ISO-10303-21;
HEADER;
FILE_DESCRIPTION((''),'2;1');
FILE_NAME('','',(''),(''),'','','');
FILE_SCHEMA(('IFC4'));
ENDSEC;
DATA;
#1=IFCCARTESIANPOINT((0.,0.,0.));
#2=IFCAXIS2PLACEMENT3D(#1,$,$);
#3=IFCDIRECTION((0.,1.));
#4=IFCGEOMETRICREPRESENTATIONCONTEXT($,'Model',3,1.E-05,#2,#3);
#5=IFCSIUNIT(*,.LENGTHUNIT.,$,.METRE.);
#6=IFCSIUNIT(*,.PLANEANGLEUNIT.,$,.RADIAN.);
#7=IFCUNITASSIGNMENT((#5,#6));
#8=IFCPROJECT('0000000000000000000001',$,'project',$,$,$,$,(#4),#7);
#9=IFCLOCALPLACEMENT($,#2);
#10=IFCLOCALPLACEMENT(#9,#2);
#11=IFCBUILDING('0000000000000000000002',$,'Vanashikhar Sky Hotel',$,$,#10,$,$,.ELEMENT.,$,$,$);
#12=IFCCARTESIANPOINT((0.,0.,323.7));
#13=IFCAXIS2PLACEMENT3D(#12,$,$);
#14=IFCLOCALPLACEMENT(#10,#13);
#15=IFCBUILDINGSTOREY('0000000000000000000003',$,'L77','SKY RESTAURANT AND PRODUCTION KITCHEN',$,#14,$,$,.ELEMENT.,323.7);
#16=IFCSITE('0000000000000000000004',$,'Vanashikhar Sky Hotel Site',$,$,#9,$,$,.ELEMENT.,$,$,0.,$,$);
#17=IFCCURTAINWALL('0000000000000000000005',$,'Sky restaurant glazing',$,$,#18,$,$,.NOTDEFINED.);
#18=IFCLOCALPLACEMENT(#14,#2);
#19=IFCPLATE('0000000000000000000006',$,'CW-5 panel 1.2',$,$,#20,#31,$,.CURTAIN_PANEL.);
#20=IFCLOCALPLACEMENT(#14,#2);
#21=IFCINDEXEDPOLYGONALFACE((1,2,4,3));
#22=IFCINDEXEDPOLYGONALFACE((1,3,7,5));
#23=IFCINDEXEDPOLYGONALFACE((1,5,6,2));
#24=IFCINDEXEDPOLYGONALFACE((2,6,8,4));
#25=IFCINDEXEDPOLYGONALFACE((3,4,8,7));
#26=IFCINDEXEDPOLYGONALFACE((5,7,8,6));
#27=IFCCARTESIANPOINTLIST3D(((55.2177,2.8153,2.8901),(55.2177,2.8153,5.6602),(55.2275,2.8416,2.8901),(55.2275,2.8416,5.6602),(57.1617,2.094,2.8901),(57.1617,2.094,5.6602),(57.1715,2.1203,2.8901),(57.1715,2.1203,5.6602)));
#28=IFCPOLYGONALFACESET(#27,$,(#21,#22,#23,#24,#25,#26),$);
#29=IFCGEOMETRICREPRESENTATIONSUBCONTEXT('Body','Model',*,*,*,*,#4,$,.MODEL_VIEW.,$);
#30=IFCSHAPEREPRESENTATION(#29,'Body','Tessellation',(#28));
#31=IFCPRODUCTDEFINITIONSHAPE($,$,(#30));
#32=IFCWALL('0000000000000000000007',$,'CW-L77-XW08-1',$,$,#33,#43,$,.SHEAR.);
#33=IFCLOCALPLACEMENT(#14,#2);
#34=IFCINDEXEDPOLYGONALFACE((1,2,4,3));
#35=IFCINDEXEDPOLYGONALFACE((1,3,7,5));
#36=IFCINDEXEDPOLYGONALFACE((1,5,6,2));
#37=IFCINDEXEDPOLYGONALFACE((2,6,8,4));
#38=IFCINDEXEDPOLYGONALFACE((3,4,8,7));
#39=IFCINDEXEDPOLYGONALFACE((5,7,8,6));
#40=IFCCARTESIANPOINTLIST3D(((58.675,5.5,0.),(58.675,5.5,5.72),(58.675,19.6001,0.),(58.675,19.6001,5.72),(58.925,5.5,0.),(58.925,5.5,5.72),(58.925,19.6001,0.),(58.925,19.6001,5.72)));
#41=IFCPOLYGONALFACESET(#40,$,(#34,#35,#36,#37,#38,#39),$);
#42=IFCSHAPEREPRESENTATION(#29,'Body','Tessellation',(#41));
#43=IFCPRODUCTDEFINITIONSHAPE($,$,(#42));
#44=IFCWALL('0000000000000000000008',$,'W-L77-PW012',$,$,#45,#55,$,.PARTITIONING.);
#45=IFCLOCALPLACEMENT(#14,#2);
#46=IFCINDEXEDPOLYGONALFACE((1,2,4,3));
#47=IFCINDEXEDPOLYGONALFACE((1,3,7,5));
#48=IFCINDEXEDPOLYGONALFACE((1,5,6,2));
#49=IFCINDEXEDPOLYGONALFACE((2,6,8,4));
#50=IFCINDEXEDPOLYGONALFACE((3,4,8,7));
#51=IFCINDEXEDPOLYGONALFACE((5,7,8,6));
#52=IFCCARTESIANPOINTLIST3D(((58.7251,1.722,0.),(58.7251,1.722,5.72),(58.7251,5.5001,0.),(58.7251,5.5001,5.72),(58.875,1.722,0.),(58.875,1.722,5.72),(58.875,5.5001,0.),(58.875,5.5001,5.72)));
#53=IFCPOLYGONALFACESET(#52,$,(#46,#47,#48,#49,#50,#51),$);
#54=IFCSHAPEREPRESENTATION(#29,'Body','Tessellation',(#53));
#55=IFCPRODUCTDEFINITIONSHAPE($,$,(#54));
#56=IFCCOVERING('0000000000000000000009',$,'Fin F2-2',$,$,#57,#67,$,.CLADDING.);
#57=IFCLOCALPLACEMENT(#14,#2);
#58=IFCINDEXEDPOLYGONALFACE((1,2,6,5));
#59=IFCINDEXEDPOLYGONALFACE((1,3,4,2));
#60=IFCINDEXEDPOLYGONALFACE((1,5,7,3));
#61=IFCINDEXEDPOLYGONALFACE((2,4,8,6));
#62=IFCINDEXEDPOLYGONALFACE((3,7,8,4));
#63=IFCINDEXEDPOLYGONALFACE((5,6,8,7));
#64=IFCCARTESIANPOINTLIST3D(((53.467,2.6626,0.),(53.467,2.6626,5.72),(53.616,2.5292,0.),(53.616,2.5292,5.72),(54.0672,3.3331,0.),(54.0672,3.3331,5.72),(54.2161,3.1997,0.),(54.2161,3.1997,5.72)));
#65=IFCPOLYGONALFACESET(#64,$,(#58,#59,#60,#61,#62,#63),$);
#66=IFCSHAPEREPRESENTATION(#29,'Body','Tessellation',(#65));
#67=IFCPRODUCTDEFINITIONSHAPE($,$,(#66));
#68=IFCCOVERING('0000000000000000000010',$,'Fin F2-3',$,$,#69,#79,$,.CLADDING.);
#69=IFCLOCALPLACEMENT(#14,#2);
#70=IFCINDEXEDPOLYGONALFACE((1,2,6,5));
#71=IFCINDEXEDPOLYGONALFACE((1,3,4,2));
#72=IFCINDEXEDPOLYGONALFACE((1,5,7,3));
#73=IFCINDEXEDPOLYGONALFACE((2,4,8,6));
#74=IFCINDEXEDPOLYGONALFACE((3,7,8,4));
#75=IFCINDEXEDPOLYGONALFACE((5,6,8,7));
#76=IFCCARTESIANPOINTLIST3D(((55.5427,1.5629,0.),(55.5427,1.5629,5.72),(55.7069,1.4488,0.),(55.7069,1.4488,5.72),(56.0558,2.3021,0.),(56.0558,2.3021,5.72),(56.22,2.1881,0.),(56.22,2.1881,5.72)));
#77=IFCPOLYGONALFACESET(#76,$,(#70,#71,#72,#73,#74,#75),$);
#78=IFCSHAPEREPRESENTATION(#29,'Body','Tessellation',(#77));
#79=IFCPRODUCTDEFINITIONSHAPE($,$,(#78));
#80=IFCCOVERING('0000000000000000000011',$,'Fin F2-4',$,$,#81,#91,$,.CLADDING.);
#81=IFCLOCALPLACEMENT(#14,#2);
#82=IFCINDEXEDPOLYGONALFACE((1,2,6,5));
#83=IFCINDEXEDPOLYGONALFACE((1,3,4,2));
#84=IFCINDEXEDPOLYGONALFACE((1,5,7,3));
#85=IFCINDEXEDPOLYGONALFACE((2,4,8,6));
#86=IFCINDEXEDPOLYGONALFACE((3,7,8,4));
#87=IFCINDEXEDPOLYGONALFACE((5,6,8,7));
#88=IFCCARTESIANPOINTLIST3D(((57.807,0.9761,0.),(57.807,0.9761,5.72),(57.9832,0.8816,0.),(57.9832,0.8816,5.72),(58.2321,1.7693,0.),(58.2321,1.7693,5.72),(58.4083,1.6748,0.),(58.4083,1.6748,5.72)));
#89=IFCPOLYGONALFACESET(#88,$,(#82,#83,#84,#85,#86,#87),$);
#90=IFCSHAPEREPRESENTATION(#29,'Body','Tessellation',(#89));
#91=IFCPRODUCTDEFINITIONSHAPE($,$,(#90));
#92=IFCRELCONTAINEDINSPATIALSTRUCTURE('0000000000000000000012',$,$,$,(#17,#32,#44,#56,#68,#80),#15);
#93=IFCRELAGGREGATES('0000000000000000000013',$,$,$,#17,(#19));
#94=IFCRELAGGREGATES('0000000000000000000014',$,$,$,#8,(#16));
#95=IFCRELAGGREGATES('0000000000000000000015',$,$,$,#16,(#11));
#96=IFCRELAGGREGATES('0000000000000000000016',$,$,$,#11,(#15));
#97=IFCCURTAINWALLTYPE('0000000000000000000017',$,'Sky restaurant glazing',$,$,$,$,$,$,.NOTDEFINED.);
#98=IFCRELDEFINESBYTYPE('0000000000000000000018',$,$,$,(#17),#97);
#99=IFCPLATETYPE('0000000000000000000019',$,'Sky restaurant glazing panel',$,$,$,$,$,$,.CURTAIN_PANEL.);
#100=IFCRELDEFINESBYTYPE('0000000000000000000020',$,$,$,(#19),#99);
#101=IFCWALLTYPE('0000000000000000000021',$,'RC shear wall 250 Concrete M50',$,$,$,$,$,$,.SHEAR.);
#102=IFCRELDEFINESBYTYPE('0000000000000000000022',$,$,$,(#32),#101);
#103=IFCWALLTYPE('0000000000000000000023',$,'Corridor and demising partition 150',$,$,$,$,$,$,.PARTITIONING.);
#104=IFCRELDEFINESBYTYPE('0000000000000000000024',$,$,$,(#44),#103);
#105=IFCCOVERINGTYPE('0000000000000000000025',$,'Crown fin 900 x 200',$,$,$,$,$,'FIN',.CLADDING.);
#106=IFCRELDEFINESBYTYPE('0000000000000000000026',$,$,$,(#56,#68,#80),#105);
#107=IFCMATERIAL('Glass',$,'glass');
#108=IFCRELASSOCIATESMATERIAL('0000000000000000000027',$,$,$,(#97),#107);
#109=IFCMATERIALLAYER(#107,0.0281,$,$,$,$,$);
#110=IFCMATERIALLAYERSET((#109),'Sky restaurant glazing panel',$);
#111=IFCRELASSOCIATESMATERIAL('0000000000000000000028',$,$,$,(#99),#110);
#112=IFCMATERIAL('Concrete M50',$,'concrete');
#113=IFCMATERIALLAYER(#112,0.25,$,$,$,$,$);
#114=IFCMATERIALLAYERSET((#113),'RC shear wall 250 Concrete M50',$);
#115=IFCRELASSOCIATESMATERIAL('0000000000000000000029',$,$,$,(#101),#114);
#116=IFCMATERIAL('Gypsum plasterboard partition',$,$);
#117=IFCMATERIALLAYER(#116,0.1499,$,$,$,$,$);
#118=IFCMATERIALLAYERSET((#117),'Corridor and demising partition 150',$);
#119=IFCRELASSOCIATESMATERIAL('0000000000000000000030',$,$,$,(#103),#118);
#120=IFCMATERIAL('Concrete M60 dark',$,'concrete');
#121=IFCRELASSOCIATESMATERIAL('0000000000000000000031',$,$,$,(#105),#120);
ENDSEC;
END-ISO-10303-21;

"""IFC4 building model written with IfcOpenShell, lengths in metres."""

from ifc_helpers import new_model, si_unit, direction, frame, frame_2d, origin, origin_2d, place, context, subcontext, project, spatial, rectangle, extrude, source, transform, mapped, material, layer, layer_set, material_profile, profile_set, type_object, element, aggregate, save


model = new_model("IFC4")

# Units and contexts
model_context = context("Model", 3, precision=1e-05, world=origin(), true_north=direction((0.0, 1.0)))
body_context = subcontext(model_context, "Body", "Model", "MODEL_VIEW")
ifc_project = project(units=[si_unit("LENGTHUNIT", "METRE"), si_unit("PLANEANGLEUNIT", "RADIAN")], contexts=[model_context])

# Site, building, storey
site_placement = place(None, origin())
site = spatial("IfcSite", under=ifc_project, at=site_placement, Name="Vanashikhar Sky Hotel Site", CompositionType="ELEMENT", RefElevation=0.0)
building_placement = place(site_placement, origin())
building = spatial("IfcBuilding", under=site, at=building_placement, Name="Vanashikhar Sky Hotel", CompositionType="ELEMENT")
storey_placement = place(building_placement, frame((0.0, 0.0, 323.7)))
storey = spatial("IfcBuildingStorey", under=building, at=storey_placement, Name="L77", Description="SKY RESTAURANT AND PRODUCTION KITCHEN", CompositionType="ELEMENT", Elevation=323.7)

# Shared definitions
ifc_material_1 = material(Name="Glass", Category="glass")
curtain_wall_type = type_object("IfcCurtainWallType", Name="Sky restaurant glazing", PredefinedType="NOTDEFINED", material=ifc_material_1)

# Curtain wall
curtain_wall_1_placement = place(storey_placement, origin())
curtain_wall_1 = element("IfcCurtainWall", 1, at=curtain_wall_1_placement, inside=storey, type_object=curtain_wall_type, Name="Sky restaurant glazing", PredefinedType="NOTDEFINED")

# Plate
ifc_layer_1 = layer(ifc_material_1, 0.0281)
ifc_layer_set_1 = layer_set([ifc_layer_1], Name="Sky restaurant glazing panel")
plate_type = type_object("IfcPlateType", Name="Sky restaurant glazing panel", PredefinedType="CURTAIN_PANEL", material=ifc_layer_set_1)
shared_shape_1 = source(origin(), body_context, "Body", "SweptSolid", [
    extrude(rectangle(XDim=2.0735, YDim=0.0281, at=origin_2d()), origin(), (0.0, 0.0, 1.0), 2.77),
])
plate_1_placement = place(storey_placement, frame((56.1946, 2.4678, 2.8901), z_axis=(0.0, 0.0, 1.0), x_axis=(0.937545, -0.347864, 0.0)))
plate_1 = element("IfcPlate", 2, at=plate_1_placement, type_object=plate_type, Name="CW-5 panel 1.2", PredefinedType="CURTAIN_PANEL", context=body_context, shape_type="MappedRepresentation", body=[
    mapped(shared_shape_1, transform((0.0, 0.0, 0.0), scale=1.0)),
])
aggregate(curtain_wall_1, [plate_1])

# Walls
ifc_material_2 = material(Name="Concrete M50", Category="concrete")
ifc_layer_2 = layer(ifc_material_2, 0.25)
ifc_layer_set_2 = layer_set([ifc_layer_2], Name="RC shear wall 250 Concrete M50")
wall_type_1 = type_object("IfcWallType", Name="RC shear wall 250 Concrete M50", PredefinedType="SHEAR", material=ifc_layer_set_2)
shared_shape_2 = source(origin(), body_context, "Body", "SweptSolid", [
    extrude(rectangle(XDim=14.1001, YDim=0.25, at=frame_2d((7.05, 0.0))), origin(), (0.0, 0.0, 1.0), 5.72),
])
wall_1_placement = place(storey_placement, frame((58.8, 5.5, 0.0), z_axis=(0.0, 0.0, 1.0), x_axis=(0.0, 1.0, 0.0)))
element("IfcWall", 3, at=wall_1_placement, inside=storey, type_object=wall_type_1, Name="CW-L77-XW08-1", PredefinedType="SHEAR", context=body_context, shape_type="MappedRepresentation", body=[
    mapped(shared_shape_2, transform((0.0, 0.0, 0.0), scale=1.0)),
])
ifc_material_3 = material(Name="Gypsum plasterboard partition")
ifc_layer_3 = layer(ifc_material_3, 0.1499)
ifc_layer_set_3 = layer_set([ifc_layer_3], Name="Corridor and demising partition 150")
wall_type_2 = type_object("IfcWallType", Name="Corridor and demising partition 150", PredefinedType="PARTITIONING", material=ifc_layer_set_3)
shared_shape_3 = source(origin(), body_context, "Body", "SweptSolid", [
    extrude(rectangle(XDim=3.7781, YDim=0.1499, at=frame_2d((1.8892, 0.0))), origin(), (0.0, 0.0, 1.0), 5.72),
])
wall_2_placement = place(storey_placement, frame((58.8, 1.7219, 0.0), z_axis=(0.0, 0.0, 1.0), x_axis=(0.0, 1.0, 0.0)))
element("IfcWall", 4, at=wall_2_placement, inside=storey, type_object=wall_type_2, Name="W-L77-PW012", PredefinedType="PARTITIONING", context=body_context, shape_type="MappedRepresentation", body=[
    mapped(shared_shape_3, transform((0.0, 0.0, 0.0), scale=1.0)),
])

# Coverings
ifc_material_4 = material(Name="Concrete M60 dark", Category="concrete")
ifc_material_profile_1 = material_profile(ifc_material_4, rectangle(XDim=0.8999, YDim=0.2, at=origin_2d()))
ifc_profile_set_1 = profile_set([ifc_material_profile_1], Name="Crown fin 900 x 200")
covering_type = type_object("IfcCoveringType", Name="Crown fin 900 x 200", ElementType="FIN", PredefinedType="CLADDING", material=ifc_profile_set_1)
shared_shape_4 = source(origin(), body_context, "Body", "SweptSolid", [
    extrude(rectangle(XDim=0.8999, YDim=0.2, at=origin_2d()), origin(), (0.0, 0.0, 1.0), 5.72),
])
for number, where, z_axis, x_axis, name in (
    (5, (53.8416, 2.9312, 0.0), (0.0, 0.0, 1.0), (-0.666949, -0.745104, 0.0), "Fin F2-2"),
    (6, (55.8813, 1.8755, 0.0), (0.0, 0.0, 1.0), (-0.570212, -0.821498, 0.0), "Fin F2-3"),
    (7, (58.1077, 1.3254, 0.0), (0.0, 0.0, 1.0), (-0.472366, -0.881402, 0.0), "Fin F2-4"),
):
    element("IfcCovering", number, at=place(storey_placement, frame(where, z_axis=z_axis, x_axis=x_axis)), inside=storey, type_object=covering_type, Name=name, PredefinedType="CLADDING", context=body_context, shape_type="MappedRepresentation", body=[
        mapped(shared_shape_4, transform((0.0, 0.0, 0.0), scale=1.0)),
    ])

save(model, "model.ifc")
